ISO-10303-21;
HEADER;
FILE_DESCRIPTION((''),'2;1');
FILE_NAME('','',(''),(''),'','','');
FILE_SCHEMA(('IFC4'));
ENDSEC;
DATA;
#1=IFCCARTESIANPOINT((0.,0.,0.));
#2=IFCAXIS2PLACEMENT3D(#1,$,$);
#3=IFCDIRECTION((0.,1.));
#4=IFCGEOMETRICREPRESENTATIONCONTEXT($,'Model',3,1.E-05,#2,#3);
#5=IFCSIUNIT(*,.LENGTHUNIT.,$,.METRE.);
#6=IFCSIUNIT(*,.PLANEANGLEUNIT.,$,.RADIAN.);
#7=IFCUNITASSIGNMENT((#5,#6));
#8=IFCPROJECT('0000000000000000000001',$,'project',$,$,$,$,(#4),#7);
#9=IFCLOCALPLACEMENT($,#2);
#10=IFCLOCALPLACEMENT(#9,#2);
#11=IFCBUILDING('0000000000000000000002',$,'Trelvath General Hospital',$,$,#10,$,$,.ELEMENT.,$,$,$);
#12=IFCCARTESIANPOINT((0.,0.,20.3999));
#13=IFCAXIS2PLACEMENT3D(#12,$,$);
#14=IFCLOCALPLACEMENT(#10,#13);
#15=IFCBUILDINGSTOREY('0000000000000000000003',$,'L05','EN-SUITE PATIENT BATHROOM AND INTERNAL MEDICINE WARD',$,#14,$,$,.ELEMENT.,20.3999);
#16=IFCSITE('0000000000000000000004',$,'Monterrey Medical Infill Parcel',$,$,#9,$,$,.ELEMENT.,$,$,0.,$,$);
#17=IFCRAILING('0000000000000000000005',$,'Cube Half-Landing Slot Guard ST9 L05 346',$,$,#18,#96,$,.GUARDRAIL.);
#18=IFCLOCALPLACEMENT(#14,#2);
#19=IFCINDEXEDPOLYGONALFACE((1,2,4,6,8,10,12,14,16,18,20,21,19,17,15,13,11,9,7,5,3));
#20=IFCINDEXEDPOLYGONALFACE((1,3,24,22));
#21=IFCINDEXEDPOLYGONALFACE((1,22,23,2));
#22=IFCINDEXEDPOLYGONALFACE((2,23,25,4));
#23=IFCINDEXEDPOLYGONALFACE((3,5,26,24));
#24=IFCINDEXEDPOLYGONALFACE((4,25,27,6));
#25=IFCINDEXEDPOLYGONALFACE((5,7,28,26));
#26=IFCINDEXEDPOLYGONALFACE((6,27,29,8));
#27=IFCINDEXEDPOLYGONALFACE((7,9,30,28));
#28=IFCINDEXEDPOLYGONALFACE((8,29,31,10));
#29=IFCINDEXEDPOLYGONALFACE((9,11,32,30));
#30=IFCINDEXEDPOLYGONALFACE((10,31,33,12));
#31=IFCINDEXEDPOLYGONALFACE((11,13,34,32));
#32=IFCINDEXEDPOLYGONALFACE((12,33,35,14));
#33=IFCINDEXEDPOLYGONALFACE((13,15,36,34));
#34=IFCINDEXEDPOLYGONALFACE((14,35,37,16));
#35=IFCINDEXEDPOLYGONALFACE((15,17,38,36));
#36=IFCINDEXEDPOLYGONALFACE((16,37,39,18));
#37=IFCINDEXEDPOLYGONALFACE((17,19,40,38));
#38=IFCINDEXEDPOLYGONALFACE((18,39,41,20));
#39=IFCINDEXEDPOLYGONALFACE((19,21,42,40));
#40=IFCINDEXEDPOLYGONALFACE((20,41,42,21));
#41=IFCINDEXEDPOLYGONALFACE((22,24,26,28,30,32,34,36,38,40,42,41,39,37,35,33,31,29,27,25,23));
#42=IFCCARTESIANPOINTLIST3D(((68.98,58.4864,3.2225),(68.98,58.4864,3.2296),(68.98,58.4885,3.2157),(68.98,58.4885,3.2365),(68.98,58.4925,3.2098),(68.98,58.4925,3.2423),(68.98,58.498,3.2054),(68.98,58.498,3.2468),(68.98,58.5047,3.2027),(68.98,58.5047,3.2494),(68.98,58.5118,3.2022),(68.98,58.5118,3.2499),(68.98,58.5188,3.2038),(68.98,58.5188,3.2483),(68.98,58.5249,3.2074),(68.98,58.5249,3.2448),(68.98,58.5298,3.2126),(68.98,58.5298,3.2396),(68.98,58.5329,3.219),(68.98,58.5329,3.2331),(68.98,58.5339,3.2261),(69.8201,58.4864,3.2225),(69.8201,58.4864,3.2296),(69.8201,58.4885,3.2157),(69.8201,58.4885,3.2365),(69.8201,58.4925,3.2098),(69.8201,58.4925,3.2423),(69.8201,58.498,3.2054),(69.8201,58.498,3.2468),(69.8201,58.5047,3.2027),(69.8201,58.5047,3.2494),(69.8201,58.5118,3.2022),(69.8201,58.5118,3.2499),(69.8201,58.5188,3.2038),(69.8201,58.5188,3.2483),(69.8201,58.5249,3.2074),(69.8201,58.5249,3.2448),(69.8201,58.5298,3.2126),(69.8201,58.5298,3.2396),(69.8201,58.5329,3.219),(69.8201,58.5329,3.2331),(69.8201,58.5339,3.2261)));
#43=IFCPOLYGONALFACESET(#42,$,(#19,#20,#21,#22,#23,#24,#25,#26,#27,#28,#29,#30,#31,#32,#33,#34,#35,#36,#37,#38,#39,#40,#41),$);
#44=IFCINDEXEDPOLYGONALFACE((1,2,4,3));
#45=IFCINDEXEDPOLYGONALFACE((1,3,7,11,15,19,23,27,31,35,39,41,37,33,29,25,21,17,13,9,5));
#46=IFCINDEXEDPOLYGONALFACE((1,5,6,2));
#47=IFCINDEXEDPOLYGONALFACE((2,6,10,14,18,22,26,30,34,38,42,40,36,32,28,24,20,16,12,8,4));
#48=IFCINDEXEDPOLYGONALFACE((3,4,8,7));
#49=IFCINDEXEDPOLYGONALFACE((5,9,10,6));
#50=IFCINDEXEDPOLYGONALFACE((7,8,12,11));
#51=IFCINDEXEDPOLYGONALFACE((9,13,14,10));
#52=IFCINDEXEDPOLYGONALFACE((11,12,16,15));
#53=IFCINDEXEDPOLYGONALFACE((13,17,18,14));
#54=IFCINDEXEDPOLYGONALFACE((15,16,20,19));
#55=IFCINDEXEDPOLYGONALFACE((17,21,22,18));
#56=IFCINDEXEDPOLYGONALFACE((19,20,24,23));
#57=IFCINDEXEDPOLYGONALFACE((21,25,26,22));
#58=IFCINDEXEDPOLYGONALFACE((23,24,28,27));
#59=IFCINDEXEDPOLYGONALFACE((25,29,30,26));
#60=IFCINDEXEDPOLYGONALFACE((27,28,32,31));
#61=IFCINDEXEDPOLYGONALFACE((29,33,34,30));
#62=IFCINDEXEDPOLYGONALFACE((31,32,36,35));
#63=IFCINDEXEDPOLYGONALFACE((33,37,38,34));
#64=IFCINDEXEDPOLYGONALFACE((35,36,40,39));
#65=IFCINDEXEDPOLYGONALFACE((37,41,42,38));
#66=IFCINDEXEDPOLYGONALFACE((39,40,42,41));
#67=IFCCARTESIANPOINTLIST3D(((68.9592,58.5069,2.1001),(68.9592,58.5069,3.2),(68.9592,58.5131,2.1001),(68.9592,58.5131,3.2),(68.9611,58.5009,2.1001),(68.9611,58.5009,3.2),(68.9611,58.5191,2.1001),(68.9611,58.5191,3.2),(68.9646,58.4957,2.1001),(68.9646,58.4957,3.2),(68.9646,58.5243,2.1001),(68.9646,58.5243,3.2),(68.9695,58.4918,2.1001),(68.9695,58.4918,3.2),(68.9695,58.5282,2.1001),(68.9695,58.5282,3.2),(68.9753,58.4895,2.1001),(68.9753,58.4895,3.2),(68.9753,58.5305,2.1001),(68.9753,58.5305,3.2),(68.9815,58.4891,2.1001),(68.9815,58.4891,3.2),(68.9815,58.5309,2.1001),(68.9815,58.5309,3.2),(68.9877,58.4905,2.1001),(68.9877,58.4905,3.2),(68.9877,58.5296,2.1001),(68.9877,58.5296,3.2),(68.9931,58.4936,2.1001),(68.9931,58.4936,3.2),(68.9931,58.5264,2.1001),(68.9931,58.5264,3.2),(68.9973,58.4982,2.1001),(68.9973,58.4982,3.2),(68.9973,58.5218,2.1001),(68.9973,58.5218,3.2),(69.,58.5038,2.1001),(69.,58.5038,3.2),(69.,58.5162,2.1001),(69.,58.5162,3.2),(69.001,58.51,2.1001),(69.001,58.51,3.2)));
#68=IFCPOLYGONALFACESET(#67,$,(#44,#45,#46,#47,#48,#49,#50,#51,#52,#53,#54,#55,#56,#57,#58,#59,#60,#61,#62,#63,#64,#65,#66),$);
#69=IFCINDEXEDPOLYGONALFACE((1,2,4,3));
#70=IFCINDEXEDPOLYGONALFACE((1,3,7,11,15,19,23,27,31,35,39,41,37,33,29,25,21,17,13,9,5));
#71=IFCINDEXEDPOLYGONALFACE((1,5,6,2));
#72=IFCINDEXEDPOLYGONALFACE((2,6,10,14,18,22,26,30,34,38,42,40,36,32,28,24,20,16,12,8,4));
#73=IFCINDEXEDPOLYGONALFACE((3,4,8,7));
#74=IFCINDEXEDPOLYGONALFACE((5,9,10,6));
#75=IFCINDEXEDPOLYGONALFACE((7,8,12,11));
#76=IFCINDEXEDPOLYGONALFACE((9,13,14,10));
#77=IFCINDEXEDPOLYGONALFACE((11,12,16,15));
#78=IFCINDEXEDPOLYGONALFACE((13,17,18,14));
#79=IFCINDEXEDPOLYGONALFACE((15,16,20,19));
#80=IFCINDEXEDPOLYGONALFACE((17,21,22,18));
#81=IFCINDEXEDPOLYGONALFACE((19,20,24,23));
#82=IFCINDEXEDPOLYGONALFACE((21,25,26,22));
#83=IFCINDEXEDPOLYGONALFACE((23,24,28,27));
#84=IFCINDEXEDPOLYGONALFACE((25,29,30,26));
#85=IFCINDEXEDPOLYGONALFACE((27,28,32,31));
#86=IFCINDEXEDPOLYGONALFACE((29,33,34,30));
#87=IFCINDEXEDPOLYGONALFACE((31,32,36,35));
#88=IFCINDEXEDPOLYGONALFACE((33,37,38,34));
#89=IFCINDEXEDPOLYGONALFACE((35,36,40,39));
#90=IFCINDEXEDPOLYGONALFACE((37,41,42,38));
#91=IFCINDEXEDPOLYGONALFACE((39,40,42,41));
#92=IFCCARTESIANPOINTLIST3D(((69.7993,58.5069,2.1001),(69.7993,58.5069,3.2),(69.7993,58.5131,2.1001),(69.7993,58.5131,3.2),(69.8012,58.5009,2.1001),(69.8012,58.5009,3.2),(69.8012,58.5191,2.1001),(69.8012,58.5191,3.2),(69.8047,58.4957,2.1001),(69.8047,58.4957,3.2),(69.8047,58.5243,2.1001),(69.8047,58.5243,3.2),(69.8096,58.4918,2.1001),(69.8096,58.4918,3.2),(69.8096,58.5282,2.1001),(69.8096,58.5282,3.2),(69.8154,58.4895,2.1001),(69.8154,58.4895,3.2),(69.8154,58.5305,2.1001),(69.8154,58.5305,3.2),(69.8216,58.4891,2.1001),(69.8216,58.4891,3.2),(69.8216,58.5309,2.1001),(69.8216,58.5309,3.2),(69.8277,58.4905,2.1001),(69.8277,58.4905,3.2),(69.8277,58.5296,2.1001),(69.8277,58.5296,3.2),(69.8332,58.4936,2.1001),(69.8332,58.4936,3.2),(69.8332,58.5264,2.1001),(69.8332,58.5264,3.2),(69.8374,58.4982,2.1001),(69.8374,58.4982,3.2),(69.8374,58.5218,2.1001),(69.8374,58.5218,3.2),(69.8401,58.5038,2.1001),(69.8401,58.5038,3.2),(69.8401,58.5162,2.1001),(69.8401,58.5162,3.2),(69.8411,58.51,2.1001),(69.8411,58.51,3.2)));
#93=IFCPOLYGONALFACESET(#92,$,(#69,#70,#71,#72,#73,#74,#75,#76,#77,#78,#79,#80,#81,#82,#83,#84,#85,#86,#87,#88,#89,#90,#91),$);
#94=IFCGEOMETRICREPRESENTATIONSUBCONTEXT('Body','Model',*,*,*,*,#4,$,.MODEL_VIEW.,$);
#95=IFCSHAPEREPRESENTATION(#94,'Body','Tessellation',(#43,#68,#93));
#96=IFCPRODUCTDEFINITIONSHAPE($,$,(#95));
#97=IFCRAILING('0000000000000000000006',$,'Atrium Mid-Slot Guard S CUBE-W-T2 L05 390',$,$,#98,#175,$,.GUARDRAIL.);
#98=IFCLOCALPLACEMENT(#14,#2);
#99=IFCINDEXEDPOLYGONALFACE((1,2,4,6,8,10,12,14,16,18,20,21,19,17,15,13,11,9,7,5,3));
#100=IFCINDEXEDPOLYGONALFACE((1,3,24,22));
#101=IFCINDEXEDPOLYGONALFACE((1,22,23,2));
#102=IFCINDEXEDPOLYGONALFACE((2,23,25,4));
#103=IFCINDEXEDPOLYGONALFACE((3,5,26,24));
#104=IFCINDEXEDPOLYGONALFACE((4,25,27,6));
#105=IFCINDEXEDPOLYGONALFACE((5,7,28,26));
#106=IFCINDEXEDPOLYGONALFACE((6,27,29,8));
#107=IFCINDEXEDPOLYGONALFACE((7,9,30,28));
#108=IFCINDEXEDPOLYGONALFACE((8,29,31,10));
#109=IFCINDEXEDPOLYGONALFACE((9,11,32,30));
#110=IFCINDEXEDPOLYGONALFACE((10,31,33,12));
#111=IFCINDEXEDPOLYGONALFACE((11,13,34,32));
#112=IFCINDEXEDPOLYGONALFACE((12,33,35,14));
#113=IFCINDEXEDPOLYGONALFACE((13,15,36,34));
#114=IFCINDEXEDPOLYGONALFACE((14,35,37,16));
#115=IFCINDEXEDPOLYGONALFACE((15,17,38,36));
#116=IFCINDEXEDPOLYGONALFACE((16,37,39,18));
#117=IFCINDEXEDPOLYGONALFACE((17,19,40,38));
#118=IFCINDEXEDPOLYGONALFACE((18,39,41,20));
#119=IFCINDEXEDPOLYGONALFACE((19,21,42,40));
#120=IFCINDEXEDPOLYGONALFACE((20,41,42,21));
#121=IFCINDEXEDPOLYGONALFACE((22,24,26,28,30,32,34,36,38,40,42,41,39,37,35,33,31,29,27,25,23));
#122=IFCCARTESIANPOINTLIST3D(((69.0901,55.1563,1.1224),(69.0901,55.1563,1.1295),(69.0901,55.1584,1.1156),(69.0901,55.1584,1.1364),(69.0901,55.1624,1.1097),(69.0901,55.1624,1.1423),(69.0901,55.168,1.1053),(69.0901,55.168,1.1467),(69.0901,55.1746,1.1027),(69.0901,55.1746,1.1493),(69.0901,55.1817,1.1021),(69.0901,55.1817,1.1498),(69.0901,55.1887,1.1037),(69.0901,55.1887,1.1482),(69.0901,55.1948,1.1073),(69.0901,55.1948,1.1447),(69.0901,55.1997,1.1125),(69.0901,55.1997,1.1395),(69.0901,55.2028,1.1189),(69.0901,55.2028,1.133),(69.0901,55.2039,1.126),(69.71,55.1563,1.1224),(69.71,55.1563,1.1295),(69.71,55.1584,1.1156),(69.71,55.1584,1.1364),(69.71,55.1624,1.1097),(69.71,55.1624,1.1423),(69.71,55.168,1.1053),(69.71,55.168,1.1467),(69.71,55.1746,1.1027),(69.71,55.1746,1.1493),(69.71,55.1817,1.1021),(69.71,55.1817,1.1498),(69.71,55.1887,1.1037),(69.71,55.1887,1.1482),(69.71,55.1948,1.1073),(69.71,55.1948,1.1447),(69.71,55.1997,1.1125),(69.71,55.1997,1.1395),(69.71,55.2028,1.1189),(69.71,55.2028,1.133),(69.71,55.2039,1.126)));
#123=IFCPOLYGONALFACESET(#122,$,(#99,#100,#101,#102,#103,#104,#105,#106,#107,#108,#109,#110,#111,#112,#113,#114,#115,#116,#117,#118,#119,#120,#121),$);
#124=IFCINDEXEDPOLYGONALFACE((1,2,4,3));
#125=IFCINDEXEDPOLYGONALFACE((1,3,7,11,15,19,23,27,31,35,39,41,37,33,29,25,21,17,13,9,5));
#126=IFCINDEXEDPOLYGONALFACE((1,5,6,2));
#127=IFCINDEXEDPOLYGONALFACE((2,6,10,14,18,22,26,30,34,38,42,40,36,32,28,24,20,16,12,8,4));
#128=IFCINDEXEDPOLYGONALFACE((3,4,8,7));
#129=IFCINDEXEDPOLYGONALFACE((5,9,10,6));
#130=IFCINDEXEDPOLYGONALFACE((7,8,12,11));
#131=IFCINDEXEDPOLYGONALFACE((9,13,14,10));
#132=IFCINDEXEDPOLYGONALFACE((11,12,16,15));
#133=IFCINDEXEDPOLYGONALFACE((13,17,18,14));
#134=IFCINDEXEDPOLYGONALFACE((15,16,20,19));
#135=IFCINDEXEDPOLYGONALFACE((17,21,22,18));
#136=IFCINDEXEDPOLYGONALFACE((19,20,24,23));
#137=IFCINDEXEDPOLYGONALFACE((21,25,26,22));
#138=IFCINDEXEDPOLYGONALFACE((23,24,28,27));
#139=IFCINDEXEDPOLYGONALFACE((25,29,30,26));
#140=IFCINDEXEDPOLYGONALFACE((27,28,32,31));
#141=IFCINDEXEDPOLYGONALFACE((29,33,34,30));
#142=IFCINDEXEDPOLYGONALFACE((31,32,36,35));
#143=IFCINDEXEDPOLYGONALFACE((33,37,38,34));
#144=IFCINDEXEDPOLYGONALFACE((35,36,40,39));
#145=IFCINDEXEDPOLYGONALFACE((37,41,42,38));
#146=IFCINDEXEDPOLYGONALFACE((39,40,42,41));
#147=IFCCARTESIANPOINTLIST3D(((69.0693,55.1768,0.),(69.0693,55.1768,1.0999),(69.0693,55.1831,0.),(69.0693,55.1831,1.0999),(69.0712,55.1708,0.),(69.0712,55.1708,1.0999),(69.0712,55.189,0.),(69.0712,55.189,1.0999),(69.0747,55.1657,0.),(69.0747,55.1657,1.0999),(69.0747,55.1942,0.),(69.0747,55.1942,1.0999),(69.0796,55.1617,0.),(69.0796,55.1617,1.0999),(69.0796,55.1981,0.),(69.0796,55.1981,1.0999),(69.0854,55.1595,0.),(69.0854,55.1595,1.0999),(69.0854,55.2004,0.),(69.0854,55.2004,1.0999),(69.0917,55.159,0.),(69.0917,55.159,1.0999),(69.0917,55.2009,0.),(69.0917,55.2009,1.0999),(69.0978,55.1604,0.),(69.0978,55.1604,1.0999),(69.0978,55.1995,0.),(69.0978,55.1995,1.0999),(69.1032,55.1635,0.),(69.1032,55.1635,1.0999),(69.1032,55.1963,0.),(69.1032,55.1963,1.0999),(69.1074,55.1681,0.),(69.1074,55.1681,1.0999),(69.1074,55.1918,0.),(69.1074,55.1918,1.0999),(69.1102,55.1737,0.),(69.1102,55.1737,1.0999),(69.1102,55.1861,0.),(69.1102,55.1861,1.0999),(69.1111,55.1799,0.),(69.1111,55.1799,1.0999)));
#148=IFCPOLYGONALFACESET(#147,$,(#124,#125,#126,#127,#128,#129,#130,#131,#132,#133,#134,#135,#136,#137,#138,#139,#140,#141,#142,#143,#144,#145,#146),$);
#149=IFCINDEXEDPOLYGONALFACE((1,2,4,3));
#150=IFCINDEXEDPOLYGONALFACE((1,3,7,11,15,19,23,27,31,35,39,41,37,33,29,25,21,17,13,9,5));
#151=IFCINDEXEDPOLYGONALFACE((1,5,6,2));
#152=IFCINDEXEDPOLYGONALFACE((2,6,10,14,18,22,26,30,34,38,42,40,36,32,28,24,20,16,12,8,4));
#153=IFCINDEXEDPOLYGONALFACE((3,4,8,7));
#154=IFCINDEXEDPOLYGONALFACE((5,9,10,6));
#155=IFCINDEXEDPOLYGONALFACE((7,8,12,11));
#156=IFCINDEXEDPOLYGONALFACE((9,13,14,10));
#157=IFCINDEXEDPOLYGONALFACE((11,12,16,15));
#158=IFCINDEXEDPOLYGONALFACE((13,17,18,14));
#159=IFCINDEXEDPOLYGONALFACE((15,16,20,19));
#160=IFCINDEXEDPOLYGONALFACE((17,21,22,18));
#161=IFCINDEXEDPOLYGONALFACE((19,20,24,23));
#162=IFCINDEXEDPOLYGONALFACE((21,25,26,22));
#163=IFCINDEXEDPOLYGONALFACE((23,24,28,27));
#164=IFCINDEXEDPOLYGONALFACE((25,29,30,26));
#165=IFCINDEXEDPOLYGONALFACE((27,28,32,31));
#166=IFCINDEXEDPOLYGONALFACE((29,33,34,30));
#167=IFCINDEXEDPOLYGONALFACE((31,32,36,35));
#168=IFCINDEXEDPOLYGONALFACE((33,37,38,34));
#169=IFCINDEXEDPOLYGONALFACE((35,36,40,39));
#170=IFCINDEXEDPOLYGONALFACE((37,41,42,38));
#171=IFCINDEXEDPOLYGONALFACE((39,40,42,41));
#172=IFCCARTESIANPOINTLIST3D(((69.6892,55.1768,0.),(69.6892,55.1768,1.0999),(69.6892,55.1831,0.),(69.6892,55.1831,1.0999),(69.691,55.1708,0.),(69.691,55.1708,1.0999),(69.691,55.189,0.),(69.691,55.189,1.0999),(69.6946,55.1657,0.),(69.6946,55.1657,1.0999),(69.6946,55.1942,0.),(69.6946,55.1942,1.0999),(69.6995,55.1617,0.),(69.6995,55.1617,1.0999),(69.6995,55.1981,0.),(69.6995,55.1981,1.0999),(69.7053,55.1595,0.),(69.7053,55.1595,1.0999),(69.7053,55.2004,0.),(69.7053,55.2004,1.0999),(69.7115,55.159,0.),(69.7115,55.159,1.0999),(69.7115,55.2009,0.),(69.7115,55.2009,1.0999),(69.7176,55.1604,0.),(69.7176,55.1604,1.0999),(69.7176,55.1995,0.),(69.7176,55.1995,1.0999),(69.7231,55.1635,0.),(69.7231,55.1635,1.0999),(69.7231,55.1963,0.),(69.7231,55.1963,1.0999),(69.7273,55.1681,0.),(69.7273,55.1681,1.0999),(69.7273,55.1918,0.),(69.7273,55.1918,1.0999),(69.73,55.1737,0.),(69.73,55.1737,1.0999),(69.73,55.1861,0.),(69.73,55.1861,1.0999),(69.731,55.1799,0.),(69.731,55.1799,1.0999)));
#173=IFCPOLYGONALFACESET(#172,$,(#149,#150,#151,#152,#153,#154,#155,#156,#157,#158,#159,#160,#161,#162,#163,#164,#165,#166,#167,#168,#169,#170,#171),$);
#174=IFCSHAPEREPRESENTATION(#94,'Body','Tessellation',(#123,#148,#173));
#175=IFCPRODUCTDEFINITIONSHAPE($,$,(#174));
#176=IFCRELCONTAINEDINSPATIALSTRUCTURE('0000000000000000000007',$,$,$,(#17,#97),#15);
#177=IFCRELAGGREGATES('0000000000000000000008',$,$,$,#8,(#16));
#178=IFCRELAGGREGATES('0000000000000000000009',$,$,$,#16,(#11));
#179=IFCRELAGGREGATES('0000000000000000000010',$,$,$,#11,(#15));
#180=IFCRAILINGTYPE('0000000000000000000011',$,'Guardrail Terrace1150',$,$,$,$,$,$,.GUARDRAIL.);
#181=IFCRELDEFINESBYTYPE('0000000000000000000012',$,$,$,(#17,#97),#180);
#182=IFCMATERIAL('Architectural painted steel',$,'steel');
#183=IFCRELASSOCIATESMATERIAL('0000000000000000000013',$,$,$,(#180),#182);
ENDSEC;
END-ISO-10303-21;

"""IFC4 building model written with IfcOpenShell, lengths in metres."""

from ifc_helpers import new_model, si_unit, direction, frame, origin, origin_2d, place, context, subcontext, project, spatial, circle, extrude, material, type_object, element, save


model = new_model("IFC4")

# Units and contexts
model_context = context("Model", 3, precision=1e-05, world=origin(), true_north=direction((0.0, 1.0)))
body_context = subcontext(model_context, "Body", "Model", "MODEL_VIEW")
ifc_project = project(units=[si_unit("LENGTHUNIT", "METRE"), si_unit("PLANEANGLEUNIT", "RADIAN")], contexts=[model_context])

# Site, building, storey
site_placement = place(None, origin())
site = spatial("IfcSite", under=ifc_project, at=site_placement, Name="Monterrey Medical Infill Parcel", CompositionType="ELEMENT", RefElevation=0.0)
building_placement = place(site_placement, origin())
building = spatial("IfcBuilding", under=site, at=building_placement, Name="Trelvath General Hospital", CompositionType="ELEMENT")
storey_placement = place(building_placement, frame((0.0, 0.0, 20.3999)))
storey = spatial("IfcBuildingStorey", under=building, at=storey_placement, Name="L05", Description="EN-SUITE PATIENT BATHROOM AND INTERNAL MEDICINE WARD", CompositionType="ELEMENT", Elevation=20.3999)

# Railings
ifc_material_1 = material(Name="Architectural painted steel", Category="steel")
railing_type_1 = type_object("IfcRailingType", Name="Guardrail Terrace1150", PredefinedType="GUARDRAIL", material=ifc_material_1)
railing_1_placement = place(storey_placement, frame((68.98, 58.51, 2.1001)))
element("IfcRailing", 1, at=railing_1_placement, inside=storey, type_object=railing_type_1, Name="Cube Half-Landing Slot Guard ST9 L05 346", PredefinedType="GUARDRAIL", context=body_context, shape_type="SweptSolid", body=[
    extrude(circle(Radius=0.0239, at=origin_2d()), frame((0.0, 0.0, 1.126), z_axis=(1.0, 0.0, 0.0), x_axis=(0.0, 1.0, 0.0)), (0.0, 0.0, 1.0), 0.8401),
    extrude(circle(Radius=0.021, at=origin_2d()), origin(), (0.0, 0.0, 1.0), 1.0999),
    extrude(circle(Radius=0.021, at=origin_2d()), frame((0.8401, 0.0, 0.0)), (0.0, 0.0, 1.0), 1.0999),
])
railing_2_placement = place(storey_placement, frame((69.0901, 55.1799, 0.0)))
element("IfcRailing", 2, at=railing_2_placement, inside=storey, type_object=railing_type_1, Name="Atrium Mid-Slot Guard S CUBE-W-T2 L05 390", PredefinedType="GUARDRAIL", context=body_context, shape_type="SweptSolid", body=[
    extrude(circle(Radius=0.0239, at=origin_2d()), frame((0.0, 0.0, 1.126), z_axis=(1.0, 0.0, 0.0), x_axis=(0.0, 1.0, 0.0)), (0.0, 0.0, 1.0), 0.6199),
    extrude(circle(Radius=0.021, at=origin_2d()), origin(), (0.0, 0.0, 1.0), 1.0999),
    extrude(circle(Radius=0.021, at=origin_2d()), frame((0.6199, 0.0, 0.0)), (0.0, 0.0, 1.0), 1.0999),
])

save(model, "model.ifc")
